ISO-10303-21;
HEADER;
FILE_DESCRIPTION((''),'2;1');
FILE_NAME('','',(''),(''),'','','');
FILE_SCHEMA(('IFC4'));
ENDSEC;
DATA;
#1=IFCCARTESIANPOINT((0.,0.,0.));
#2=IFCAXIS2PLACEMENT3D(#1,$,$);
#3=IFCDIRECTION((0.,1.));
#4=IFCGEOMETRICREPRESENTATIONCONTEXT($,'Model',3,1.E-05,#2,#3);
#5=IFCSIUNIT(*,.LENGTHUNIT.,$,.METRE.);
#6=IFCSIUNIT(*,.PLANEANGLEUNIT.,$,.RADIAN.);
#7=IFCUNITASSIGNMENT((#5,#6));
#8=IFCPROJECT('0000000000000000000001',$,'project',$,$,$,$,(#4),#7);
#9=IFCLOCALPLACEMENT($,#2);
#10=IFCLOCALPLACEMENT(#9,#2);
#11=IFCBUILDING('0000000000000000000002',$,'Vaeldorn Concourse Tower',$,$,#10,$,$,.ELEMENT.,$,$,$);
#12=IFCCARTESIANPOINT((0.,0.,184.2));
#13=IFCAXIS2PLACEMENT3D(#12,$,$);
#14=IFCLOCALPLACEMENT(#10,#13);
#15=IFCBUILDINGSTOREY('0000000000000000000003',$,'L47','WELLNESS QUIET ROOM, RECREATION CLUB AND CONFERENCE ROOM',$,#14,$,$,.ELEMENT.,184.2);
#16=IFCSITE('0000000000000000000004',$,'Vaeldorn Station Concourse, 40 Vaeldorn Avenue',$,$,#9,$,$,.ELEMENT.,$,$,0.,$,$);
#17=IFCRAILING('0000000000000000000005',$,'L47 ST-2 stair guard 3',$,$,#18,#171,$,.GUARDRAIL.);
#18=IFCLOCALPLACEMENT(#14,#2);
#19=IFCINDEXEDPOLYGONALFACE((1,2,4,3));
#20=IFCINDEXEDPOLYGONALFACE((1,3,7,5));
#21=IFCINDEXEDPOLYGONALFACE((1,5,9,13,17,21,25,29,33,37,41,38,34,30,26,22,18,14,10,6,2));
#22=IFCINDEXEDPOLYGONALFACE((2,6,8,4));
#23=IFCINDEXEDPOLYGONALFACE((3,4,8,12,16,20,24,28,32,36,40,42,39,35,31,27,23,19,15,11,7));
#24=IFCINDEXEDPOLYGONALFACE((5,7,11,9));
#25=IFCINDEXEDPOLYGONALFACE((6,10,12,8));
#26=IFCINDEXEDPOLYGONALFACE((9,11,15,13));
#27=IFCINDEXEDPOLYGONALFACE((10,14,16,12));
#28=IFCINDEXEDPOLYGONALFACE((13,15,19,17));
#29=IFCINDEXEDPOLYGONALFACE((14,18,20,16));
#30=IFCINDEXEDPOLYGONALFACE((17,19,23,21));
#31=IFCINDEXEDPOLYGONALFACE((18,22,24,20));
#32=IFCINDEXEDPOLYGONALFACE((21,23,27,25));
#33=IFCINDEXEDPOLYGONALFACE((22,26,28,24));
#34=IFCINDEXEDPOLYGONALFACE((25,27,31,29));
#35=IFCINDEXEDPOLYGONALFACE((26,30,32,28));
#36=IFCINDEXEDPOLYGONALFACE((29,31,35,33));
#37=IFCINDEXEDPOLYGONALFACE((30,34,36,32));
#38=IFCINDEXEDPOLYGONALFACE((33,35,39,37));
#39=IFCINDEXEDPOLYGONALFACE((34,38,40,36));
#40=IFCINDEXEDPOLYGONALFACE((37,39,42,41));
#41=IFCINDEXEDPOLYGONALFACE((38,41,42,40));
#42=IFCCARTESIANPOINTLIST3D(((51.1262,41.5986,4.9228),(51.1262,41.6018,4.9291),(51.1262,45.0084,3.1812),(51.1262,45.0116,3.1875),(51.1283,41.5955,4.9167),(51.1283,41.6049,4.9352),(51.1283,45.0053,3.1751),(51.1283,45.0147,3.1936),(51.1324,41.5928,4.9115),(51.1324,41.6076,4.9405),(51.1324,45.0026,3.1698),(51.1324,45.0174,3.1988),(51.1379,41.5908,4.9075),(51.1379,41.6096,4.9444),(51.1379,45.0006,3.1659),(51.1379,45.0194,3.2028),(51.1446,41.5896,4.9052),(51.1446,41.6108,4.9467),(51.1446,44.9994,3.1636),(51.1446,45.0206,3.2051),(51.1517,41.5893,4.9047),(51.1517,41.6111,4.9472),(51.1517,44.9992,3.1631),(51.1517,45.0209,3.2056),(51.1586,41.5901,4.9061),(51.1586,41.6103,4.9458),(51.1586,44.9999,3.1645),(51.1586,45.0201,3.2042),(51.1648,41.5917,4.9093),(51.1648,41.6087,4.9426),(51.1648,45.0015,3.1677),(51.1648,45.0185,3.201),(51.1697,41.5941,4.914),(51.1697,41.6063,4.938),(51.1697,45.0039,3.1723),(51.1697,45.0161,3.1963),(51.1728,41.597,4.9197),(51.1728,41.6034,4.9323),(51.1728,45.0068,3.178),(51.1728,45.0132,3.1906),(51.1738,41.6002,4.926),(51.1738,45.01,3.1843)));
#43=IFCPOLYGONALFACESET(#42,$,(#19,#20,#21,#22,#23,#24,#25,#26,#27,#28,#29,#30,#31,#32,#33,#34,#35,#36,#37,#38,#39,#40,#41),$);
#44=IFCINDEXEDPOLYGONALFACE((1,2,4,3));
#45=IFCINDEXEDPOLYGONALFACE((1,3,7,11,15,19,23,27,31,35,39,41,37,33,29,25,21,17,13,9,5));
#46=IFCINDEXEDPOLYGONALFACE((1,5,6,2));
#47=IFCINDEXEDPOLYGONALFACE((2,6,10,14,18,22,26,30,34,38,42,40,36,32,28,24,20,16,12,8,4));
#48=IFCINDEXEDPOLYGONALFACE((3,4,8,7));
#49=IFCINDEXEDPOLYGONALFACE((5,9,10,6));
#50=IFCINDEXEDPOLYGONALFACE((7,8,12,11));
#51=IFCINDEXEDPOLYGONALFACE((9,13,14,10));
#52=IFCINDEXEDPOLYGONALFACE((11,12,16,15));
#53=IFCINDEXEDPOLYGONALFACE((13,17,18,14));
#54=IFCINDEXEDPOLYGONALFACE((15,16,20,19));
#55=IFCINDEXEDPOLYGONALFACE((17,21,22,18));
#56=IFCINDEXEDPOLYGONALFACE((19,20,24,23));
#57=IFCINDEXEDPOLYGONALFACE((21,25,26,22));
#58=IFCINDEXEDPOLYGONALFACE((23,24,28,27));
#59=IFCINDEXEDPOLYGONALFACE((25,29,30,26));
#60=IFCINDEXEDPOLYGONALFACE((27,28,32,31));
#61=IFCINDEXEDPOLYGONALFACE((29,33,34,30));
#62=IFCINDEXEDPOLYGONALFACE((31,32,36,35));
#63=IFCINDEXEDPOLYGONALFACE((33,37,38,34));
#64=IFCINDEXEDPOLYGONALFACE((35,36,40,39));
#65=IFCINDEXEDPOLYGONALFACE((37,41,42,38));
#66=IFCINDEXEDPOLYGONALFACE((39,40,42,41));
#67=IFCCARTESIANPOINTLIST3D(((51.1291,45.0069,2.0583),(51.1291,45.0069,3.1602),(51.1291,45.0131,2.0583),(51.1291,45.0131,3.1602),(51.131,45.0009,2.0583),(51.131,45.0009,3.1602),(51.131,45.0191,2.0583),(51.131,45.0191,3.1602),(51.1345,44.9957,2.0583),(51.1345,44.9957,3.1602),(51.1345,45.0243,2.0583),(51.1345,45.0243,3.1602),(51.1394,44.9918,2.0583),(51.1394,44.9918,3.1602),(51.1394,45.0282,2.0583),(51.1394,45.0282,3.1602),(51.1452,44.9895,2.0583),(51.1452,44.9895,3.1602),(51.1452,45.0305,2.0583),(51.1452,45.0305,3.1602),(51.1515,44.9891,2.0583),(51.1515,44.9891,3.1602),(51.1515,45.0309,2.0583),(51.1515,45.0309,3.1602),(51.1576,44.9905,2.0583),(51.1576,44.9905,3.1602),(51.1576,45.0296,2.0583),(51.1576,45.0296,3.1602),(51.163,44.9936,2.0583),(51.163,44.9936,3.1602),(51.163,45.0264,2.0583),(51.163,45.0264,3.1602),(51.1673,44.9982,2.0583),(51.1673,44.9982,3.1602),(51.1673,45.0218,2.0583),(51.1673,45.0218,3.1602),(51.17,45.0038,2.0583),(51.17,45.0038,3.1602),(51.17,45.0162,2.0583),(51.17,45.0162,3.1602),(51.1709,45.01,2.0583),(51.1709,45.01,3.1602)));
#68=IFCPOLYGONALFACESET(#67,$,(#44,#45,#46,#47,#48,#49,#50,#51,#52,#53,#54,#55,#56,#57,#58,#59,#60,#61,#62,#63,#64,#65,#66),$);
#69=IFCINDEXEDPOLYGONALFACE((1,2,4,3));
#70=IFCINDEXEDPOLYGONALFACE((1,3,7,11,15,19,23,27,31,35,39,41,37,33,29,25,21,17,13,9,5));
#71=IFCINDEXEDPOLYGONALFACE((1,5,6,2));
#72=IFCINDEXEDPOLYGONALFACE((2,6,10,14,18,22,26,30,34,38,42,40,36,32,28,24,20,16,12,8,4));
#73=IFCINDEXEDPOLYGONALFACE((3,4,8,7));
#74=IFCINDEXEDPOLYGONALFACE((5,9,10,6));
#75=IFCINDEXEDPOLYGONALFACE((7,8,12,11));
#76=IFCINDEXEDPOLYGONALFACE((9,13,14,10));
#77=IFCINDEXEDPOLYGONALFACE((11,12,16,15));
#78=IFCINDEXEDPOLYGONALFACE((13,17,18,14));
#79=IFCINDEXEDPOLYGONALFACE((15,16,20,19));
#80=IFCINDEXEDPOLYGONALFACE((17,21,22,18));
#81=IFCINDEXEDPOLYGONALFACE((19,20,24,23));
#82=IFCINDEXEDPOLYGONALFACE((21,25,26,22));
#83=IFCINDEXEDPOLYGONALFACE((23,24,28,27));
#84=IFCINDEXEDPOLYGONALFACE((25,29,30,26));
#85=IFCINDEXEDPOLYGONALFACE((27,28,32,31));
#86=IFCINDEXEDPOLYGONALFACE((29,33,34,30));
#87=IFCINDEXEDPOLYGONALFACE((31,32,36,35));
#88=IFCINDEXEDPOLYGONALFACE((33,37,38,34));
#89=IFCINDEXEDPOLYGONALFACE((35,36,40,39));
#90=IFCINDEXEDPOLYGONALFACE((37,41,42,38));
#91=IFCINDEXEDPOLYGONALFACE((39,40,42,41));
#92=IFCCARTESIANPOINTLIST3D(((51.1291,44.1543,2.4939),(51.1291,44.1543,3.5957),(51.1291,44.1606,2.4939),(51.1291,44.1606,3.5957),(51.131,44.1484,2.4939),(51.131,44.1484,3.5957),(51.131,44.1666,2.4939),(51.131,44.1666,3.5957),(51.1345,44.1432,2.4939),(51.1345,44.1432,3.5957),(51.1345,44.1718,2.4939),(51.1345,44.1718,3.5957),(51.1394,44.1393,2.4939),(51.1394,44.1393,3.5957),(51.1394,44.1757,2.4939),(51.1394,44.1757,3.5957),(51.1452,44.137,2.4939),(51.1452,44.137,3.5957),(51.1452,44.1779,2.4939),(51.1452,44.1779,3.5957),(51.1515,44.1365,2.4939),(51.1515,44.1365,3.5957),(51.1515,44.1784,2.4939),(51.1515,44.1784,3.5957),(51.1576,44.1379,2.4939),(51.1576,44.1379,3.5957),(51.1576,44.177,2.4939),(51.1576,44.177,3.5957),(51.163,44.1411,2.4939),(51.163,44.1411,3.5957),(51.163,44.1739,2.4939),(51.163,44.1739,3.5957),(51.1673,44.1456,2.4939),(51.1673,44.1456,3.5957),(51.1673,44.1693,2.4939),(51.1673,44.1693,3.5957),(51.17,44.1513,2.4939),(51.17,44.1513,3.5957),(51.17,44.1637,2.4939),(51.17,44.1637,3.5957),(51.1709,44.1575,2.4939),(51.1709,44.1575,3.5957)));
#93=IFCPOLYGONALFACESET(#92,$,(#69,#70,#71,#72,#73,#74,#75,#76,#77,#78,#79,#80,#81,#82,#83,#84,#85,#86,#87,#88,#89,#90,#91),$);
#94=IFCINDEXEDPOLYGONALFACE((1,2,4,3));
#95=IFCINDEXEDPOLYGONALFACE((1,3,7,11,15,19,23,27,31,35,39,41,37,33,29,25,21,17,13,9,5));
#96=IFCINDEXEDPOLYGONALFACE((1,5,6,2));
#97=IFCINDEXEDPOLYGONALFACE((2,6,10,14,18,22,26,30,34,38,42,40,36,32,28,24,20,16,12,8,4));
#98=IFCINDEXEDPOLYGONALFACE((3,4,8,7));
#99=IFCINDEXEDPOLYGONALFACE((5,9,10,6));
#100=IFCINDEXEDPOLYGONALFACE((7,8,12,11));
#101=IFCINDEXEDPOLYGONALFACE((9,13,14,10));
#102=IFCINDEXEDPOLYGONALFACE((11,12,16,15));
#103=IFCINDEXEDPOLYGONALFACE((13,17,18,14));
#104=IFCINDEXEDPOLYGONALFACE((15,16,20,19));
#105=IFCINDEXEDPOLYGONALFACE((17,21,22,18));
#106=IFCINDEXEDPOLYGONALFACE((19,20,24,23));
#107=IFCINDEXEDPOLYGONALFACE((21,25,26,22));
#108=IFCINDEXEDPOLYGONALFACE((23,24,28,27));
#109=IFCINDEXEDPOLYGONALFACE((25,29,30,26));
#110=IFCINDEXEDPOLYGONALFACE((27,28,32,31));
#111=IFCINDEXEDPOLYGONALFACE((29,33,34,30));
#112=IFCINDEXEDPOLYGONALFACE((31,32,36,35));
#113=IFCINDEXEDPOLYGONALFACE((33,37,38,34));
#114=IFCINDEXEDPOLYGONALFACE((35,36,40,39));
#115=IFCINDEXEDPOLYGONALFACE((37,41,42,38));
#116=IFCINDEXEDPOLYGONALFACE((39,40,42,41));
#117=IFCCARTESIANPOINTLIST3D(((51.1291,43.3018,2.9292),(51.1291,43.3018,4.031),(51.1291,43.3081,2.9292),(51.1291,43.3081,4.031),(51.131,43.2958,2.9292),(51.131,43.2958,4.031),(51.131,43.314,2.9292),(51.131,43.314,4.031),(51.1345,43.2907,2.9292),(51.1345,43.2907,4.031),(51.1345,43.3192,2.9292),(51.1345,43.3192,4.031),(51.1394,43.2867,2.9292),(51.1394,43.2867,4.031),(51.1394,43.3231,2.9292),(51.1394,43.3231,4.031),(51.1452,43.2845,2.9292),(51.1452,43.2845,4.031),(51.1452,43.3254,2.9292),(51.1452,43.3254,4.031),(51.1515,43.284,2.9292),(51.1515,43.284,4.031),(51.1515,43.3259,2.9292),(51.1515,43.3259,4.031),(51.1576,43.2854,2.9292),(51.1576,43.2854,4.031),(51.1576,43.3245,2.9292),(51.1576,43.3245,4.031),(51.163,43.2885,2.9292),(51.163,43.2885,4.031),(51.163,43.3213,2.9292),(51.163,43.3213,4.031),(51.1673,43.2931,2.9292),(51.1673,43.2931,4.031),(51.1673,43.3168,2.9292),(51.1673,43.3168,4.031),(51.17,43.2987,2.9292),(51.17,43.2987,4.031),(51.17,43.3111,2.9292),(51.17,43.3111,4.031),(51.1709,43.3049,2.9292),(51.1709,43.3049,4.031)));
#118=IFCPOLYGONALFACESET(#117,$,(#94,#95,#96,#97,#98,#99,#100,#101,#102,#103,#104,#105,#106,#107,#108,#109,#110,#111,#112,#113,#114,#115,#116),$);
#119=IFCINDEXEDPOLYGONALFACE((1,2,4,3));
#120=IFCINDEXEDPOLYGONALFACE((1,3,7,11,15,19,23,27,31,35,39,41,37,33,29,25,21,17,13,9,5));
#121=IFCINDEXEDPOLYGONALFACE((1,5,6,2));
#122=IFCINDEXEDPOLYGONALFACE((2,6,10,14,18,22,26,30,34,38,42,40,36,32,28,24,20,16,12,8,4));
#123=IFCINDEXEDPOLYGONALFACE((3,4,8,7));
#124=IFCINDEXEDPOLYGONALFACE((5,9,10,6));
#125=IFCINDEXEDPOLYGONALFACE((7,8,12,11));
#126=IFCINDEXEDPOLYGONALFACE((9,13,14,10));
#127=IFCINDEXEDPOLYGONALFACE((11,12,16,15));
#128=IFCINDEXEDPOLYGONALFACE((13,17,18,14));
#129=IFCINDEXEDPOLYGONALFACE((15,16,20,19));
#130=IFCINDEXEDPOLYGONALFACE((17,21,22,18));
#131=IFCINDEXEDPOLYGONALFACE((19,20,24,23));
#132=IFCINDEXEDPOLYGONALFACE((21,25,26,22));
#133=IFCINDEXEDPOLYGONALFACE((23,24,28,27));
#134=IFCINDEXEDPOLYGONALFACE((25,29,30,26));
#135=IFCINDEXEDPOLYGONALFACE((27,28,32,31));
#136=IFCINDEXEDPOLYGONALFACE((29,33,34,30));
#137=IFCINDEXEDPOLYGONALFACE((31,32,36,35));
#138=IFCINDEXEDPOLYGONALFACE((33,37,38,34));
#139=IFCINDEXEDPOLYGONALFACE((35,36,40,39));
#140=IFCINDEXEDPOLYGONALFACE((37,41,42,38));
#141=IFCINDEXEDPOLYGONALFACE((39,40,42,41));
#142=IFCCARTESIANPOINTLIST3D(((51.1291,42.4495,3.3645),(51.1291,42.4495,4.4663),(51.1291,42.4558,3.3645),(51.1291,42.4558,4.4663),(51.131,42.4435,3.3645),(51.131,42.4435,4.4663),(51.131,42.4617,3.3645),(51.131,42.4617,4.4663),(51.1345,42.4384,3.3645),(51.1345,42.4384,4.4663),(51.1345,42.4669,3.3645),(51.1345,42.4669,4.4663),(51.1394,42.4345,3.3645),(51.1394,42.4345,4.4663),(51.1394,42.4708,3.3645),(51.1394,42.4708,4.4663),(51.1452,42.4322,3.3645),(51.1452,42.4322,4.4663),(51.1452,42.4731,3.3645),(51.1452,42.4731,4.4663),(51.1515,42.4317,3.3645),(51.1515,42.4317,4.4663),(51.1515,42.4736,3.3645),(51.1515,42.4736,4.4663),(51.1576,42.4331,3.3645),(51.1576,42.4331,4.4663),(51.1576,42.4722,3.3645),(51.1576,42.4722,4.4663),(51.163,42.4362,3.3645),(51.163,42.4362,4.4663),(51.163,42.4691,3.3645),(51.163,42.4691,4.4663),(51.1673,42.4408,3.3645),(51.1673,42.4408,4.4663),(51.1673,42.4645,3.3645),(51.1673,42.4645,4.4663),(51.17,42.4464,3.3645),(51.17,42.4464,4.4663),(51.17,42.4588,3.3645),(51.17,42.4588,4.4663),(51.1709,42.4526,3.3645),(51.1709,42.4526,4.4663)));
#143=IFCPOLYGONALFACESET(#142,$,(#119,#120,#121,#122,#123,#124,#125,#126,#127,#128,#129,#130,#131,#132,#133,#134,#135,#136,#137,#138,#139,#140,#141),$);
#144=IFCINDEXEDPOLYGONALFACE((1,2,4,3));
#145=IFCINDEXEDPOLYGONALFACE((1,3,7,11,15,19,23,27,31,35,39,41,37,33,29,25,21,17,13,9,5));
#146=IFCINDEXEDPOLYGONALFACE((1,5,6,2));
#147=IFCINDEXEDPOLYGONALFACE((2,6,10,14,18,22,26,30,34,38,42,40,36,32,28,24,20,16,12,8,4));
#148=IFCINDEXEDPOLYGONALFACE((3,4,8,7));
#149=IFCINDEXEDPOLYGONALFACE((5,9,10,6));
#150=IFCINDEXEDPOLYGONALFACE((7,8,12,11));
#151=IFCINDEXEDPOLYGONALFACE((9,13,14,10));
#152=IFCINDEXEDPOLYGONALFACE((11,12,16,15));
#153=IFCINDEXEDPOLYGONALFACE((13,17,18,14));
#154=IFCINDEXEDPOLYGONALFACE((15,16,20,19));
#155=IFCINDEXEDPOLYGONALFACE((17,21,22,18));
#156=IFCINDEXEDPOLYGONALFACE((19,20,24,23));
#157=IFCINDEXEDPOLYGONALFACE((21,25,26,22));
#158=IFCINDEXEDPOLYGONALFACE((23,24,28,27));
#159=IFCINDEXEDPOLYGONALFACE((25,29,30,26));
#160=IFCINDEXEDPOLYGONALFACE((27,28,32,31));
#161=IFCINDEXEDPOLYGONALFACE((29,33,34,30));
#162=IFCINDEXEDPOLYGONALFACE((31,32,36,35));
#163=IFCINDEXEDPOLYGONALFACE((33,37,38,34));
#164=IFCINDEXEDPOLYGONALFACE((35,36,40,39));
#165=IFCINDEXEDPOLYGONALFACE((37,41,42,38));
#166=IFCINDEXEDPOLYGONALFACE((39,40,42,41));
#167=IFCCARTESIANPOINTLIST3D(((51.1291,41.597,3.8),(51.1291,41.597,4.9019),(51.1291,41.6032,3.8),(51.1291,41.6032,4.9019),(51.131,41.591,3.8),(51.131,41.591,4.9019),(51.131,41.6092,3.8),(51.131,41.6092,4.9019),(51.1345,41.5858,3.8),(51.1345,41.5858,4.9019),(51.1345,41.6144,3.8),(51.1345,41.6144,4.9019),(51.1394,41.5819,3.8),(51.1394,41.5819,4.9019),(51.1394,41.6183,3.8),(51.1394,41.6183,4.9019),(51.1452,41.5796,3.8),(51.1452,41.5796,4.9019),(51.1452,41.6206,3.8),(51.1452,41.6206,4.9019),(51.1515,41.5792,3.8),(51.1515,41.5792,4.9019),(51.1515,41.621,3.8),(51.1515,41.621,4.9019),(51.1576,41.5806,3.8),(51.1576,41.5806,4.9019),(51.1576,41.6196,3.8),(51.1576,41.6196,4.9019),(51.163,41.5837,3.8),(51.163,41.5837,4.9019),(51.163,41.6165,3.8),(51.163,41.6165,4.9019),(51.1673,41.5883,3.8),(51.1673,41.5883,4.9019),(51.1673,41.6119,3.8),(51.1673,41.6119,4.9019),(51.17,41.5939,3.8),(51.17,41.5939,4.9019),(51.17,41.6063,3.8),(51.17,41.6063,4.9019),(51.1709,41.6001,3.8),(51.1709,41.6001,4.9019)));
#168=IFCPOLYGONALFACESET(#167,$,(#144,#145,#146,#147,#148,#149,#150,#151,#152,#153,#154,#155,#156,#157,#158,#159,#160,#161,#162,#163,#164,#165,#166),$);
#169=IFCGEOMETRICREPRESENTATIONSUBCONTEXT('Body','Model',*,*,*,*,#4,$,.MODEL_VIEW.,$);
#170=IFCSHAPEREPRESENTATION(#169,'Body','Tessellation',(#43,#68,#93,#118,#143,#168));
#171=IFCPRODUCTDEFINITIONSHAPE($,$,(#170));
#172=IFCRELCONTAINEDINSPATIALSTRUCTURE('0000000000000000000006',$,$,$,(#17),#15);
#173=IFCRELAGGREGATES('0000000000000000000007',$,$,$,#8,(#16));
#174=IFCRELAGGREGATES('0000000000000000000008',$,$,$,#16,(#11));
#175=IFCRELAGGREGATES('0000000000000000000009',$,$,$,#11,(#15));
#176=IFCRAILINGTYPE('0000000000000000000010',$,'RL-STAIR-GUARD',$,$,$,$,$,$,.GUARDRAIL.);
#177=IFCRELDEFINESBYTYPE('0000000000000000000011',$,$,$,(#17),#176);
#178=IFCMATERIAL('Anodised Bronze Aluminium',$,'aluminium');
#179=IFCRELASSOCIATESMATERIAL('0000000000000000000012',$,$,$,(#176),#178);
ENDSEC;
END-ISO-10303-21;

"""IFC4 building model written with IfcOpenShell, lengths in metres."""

from ifc_helpers import new_model, si_unit, direction, frame, origin, origin_2d, place, context, subcontext, project, spatial, circle, extrude, material, type_object, element, save


model = new_model("IFC4")

# Units and contexts
model_context = context("Model", 3, precision=1e-05, world=origin(), true_north=direction((0.0, 1.0)))
body_context = subcontext(model_context, "Body", "Model", "MODEL_VIEW")
ifc_project = project(units=[si_unit("LENGTHUNIT", "METRE"), si_unit("PLANEANGLEUNIT", "RADIAN")], contexts=[model_context])

# Site, building, storey
site_placement = place(None, origin())
site = spatial("IfcSite", under=ifc_project, at=site_placement, Name="Vaeldorn Station Concourse, 40 Vaeldorn Avenue", CompositionType="ELEMENT", RefElevation=0.0)
building_placement = place(site_placement, origin())
building = spatial("IfcBuilding", under=site, at=building_placement, Name="Vaeldorn Concourse Tower", CompositionType="ELEMENT")
storey_placement = place(building_placement, frame((0.0, 0.0, 184.2)))
storey = spatial("IfcBuildingStorey", under=building, at=storey_placement, Name="L47", Description="WELLNESS QUIET ROOM, RECREATION CLUB AND CONFERENCE ROOM", CompositionType="ELEMENT", Elevation=184.2)

# Shared definitions
ifc_material_1 = material(Name="Anodised Bronze Aluminium", Category="aluminium")

# Railing
railing_type_1 = type_object("IfcRailingType", Name="RL-STAIR-GUARD", PredefinedType="GUARDRAIL", material=ifc_material_1)
railing_1_placement = place(storey_placement, frame((51.1499, 45.01, 2.0583)))
element("IfcRailing", 1, at=railing_1_placement, inside=storey, type_object=railing_type_1, Name="L47 ST-2 stair guard 3", PredefinedType="GUARDRAIL", context=body_context, shape_type="SweptSolid", body=[
    extrude(circle(Radius=0.0239, at=origin_2d()), frame((0.0, 0.0, 1.126), z_axis=(0.0, -0.890556, 0.454874), x_axis=(1.0, 0.0, 0.0)), (0.0, 0.0, 1.0), 3.8289),
    extrude(circle(Radius=0.021, at=origin_2d()), origin(), (0.0, 0.0, 1.0), 1.1018),
    extrude(circle(Radius=0.021, at=origin_2d()), frame((0.0, -0.8525, 0.4355)), (0.0, 0.0, 1.0), 1.1018),
    extrude(circle(Radius=0.021, at=origin_2d()), frame((0.0, -1.7051, 0.8708)), (0.0, 0.0, 1.0), 1.1018),
    extrude(circle(Radius=0.021, at=origin_2d()), frame((0.0, -2.5574, 1.3062)), (0.0, 0.0, 1.0), 1.1018),
    extrude(circle(Radius=0.021, at=origin_2d()), frame((0.0, -3.4099, 1.7417)), (0.0, 0.0, 1.0), 1.1018),
])

save(model, "model.ifc")
